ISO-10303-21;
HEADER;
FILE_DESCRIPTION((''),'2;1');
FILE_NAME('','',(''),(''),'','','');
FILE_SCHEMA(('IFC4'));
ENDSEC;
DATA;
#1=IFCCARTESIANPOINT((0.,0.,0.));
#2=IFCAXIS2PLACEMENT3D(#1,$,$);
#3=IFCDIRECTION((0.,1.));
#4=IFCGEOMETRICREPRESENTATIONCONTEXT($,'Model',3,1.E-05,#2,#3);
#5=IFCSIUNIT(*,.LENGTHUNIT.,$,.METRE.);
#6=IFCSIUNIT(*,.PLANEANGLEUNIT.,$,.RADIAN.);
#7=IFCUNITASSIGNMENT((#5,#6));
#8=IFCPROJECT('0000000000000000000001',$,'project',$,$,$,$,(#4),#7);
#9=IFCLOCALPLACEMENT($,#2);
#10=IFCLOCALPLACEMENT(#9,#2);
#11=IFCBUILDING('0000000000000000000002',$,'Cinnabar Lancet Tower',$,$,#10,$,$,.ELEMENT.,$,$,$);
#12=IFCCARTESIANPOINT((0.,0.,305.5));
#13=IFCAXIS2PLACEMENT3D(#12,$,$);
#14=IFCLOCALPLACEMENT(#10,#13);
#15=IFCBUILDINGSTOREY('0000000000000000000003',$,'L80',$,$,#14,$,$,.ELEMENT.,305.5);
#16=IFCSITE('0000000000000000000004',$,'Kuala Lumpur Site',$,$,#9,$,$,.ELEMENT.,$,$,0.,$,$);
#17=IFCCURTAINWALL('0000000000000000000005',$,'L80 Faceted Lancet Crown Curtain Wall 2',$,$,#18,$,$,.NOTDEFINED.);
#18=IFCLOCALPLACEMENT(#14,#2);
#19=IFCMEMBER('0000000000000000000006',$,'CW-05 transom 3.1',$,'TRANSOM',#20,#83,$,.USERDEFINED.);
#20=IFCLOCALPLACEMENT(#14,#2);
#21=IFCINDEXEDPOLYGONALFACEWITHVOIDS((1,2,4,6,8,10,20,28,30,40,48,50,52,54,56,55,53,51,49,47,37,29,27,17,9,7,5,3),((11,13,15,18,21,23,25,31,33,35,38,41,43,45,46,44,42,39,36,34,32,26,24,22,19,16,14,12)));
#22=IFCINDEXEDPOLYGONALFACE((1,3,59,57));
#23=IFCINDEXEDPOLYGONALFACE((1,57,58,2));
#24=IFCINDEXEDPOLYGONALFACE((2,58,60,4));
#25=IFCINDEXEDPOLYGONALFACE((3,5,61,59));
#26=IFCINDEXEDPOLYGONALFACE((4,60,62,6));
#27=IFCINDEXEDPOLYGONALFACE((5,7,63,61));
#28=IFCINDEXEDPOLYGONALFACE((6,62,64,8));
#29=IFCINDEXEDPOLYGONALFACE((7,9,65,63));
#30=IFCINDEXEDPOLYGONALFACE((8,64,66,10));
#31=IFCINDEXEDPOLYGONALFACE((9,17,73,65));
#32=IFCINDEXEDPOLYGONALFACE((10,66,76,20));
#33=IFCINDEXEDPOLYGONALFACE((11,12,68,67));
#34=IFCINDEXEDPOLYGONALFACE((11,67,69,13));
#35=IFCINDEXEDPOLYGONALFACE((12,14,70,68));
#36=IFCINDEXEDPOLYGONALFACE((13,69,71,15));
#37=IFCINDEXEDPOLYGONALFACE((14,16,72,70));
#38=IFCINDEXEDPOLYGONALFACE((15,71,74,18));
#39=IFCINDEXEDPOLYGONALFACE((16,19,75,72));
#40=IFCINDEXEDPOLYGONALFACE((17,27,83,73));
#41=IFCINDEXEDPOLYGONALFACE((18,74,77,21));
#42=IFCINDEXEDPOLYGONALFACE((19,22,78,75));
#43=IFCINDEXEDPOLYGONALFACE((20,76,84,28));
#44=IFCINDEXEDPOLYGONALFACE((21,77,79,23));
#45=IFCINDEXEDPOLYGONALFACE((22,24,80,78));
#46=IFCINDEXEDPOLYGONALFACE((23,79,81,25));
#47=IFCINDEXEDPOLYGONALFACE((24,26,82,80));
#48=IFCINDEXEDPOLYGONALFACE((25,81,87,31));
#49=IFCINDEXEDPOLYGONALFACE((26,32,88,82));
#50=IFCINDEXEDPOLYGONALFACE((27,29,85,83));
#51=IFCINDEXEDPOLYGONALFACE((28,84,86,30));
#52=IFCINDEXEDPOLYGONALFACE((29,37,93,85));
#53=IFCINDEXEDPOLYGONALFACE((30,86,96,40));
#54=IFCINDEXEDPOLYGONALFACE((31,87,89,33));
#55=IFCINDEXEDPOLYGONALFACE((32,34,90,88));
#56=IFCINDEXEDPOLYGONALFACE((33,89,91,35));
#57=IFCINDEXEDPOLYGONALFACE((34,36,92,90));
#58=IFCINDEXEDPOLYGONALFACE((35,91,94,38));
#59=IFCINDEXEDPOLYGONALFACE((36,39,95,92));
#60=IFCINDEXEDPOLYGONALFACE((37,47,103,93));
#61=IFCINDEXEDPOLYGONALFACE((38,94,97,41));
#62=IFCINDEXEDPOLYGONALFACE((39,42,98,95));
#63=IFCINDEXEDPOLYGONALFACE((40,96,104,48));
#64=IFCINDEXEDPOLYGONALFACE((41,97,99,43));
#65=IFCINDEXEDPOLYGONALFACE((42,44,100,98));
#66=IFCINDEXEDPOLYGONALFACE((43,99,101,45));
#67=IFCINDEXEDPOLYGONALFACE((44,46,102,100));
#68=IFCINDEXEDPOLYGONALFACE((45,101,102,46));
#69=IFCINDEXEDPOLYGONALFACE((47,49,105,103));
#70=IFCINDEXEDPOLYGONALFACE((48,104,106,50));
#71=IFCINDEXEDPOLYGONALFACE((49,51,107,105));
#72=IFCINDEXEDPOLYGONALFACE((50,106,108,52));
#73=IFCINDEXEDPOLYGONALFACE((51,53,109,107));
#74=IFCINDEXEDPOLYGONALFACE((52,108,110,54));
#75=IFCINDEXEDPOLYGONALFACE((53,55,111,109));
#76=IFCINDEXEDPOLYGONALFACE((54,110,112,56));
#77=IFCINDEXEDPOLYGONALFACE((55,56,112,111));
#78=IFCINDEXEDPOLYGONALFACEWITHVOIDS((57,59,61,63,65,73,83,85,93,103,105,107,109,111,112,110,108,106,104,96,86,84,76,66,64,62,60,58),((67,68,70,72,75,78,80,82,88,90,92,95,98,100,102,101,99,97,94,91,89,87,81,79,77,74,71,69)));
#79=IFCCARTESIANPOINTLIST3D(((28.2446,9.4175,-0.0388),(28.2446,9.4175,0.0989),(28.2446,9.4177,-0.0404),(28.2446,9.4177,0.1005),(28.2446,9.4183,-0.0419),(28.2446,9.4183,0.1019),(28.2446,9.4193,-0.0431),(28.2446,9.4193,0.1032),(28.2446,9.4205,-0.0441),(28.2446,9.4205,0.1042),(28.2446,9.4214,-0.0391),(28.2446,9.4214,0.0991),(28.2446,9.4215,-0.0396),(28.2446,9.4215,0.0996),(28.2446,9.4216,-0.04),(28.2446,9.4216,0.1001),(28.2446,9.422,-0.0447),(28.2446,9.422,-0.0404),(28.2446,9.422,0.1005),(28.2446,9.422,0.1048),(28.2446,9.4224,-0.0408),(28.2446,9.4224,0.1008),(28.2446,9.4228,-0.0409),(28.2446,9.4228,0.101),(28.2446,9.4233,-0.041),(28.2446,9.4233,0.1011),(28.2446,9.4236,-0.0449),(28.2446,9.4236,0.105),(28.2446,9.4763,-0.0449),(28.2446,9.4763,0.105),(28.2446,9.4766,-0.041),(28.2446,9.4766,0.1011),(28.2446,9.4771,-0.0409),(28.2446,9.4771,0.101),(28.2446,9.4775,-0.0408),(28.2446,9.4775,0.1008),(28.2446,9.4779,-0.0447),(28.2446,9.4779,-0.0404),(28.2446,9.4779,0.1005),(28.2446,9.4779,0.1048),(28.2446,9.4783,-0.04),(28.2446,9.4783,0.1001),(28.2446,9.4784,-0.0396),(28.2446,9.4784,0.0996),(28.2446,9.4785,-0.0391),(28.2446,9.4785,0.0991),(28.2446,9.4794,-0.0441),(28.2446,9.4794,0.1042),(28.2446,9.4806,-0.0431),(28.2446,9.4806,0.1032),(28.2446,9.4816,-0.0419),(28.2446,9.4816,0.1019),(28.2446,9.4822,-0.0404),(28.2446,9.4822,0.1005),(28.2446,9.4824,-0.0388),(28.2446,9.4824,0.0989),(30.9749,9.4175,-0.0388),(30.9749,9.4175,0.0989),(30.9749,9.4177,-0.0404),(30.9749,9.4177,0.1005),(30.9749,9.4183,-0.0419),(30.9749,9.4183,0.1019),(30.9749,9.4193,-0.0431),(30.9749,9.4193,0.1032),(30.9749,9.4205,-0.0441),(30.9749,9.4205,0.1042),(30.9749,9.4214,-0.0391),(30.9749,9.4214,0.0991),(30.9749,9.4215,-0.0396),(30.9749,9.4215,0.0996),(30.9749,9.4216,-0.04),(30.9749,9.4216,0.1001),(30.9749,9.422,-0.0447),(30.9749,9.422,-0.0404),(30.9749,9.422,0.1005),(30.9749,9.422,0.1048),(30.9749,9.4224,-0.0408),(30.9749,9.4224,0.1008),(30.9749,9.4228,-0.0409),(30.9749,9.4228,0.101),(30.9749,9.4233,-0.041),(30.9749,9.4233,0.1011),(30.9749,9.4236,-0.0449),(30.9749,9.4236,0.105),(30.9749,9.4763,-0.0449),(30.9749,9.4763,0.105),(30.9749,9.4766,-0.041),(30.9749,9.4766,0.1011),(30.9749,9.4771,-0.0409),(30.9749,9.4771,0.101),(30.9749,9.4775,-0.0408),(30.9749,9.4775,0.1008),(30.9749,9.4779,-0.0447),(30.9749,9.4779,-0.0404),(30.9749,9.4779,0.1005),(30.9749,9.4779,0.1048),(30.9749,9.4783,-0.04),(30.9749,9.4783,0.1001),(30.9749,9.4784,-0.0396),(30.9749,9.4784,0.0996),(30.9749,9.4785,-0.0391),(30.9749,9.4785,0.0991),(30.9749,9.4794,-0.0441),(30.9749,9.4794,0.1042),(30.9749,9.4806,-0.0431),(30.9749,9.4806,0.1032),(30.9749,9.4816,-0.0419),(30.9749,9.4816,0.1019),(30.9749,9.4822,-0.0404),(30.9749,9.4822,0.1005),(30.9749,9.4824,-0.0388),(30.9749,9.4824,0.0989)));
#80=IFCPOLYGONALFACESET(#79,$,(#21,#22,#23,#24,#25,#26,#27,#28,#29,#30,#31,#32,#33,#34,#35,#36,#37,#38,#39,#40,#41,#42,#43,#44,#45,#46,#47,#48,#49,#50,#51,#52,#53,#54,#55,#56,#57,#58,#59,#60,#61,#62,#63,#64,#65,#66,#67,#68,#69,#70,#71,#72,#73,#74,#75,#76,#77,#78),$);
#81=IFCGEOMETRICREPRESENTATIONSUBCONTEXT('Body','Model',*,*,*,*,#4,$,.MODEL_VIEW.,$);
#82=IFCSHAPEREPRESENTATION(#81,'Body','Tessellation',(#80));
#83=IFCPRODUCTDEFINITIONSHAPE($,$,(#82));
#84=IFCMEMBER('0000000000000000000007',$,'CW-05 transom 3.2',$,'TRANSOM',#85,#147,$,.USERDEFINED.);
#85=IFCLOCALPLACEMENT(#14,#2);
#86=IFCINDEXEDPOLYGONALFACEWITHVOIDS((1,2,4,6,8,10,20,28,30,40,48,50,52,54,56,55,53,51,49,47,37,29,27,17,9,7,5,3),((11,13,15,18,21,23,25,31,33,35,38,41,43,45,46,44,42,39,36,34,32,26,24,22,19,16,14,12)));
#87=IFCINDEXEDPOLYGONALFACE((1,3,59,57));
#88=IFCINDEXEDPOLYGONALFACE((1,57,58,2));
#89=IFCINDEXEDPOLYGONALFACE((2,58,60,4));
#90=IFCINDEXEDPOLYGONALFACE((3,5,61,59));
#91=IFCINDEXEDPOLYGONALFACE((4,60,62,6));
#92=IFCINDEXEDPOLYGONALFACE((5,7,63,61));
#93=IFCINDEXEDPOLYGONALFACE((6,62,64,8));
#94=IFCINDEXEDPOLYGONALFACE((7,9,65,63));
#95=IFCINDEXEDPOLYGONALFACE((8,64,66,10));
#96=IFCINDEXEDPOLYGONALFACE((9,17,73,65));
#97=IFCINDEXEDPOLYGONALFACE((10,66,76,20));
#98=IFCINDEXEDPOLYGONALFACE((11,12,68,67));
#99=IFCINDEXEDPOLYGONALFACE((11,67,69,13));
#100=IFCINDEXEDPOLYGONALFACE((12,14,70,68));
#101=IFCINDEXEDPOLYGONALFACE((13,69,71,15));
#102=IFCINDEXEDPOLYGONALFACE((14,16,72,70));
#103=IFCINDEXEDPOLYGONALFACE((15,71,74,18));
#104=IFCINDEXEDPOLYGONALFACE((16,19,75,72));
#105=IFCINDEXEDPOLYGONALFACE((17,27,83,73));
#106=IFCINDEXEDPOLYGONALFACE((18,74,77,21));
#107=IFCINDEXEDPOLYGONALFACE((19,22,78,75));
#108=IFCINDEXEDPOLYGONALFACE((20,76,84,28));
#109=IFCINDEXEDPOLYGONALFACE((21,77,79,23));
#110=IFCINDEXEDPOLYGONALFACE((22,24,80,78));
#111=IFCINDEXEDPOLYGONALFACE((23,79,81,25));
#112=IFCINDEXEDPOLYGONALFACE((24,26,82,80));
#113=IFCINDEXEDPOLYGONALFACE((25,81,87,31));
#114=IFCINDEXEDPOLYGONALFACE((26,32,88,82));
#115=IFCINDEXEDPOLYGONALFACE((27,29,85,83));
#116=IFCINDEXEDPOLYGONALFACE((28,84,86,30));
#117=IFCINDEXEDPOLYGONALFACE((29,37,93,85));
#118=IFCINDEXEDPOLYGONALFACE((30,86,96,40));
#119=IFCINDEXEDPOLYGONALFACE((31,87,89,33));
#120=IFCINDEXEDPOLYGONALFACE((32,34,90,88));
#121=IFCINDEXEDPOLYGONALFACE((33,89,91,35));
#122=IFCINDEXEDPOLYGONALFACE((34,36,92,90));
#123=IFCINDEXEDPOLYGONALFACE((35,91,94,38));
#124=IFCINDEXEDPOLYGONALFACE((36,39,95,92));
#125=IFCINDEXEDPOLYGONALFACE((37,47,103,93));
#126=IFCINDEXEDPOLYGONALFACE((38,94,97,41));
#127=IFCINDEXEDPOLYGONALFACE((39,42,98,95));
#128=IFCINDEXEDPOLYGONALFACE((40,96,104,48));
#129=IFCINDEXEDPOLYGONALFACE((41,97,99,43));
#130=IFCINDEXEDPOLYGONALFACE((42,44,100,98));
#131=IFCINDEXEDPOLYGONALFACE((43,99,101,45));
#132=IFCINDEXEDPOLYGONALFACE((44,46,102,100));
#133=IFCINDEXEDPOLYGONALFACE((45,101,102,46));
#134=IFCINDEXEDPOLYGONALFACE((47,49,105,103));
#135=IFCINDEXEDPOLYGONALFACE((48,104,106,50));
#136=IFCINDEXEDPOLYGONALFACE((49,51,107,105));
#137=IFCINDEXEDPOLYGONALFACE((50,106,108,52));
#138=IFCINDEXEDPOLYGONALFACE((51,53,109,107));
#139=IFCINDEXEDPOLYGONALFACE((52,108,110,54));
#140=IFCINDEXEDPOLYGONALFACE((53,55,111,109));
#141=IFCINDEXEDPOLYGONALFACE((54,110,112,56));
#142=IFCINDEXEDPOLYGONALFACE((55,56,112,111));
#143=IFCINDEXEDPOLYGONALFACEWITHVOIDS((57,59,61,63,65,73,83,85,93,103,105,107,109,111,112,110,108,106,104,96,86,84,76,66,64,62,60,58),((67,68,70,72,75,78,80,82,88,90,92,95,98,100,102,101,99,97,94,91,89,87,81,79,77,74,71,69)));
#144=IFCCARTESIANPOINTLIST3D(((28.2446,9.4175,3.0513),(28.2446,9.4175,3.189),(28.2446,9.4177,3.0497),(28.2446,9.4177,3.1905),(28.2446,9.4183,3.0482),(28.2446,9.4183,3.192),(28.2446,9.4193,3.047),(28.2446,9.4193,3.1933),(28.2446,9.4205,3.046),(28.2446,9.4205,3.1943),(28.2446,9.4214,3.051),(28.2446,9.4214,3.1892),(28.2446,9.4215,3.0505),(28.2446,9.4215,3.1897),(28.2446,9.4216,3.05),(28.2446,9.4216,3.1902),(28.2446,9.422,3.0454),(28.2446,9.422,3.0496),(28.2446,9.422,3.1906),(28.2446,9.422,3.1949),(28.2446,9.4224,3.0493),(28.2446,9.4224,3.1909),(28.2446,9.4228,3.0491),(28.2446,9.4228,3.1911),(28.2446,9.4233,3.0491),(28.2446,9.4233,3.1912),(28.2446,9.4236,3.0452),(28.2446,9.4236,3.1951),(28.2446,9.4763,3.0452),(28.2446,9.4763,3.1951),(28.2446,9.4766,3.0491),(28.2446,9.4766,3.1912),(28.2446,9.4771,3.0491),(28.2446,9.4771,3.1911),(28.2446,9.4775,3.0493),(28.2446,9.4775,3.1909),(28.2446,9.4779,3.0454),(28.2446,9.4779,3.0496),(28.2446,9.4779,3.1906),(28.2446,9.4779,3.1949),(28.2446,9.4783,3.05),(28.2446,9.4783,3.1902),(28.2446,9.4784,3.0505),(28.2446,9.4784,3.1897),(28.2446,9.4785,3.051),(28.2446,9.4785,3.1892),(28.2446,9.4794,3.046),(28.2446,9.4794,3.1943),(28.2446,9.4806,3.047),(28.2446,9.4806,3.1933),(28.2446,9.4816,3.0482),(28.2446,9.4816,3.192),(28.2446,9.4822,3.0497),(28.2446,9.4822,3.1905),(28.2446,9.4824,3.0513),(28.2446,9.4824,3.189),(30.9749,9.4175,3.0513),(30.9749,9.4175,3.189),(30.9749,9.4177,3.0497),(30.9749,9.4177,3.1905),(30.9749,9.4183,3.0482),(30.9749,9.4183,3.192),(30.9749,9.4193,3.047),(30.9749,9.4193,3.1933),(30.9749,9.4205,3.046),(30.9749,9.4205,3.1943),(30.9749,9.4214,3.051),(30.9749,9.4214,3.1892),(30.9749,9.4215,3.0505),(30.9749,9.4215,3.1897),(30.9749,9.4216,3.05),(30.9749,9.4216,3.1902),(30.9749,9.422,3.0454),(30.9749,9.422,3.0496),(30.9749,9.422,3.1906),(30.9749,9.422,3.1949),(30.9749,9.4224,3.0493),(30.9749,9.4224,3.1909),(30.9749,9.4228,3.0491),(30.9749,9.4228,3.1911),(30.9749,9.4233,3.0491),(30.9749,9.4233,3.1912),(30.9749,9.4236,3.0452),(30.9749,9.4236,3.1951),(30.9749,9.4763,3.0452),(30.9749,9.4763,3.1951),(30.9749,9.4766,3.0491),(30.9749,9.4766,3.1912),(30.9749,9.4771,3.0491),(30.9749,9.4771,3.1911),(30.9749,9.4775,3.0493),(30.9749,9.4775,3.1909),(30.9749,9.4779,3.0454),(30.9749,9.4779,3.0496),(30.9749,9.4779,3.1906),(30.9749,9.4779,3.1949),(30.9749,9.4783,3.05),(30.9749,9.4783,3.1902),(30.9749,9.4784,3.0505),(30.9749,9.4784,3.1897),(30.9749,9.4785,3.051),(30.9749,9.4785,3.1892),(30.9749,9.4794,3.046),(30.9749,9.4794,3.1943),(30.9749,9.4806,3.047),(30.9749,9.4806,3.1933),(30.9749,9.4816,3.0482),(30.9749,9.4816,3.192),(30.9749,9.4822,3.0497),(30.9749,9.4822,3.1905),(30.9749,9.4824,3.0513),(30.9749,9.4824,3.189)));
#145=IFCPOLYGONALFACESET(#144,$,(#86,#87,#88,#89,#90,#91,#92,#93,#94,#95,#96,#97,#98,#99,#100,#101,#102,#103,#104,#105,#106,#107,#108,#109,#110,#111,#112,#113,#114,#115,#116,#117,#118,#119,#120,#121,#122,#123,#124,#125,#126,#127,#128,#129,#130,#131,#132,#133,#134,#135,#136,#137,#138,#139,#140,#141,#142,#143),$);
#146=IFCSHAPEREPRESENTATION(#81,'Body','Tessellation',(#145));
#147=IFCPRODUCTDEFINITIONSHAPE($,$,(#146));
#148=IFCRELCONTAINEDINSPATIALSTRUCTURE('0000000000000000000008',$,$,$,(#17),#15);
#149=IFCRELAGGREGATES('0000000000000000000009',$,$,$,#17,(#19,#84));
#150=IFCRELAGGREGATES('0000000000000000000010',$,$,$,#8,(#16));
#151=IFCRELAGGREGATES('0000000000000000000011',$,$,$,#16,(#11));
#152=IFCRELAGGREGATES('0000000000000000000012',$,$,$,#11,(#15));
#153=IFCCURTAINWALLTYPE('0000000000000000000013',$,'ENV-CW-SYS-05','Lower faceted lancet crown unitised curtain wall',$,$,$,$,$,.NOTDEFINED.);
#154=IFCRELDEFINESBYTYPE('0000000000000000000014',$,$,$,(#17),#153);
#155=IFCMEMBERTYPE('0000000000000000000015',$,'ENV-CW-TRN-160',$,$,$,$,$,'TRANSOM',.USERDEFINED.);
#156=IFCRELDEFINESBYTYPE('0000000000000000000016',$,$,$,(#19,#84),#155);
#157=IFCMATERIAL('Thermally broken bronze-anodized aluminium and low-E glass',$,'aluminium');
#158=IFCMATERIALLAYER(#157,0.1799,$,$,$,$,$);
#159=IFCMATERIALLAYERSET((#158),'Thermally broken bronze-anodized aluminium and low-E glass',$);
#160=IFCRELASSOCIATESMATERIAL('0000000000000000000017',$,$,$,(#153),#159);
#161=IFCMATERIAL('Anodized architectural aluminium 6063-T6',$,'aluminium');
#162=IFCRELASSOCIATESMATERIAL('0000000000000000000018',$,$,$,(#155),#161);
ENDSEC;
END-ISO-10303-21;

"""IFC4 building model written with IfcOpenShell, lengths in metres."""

from ifc_helpers import new_model, si_unit, direction, frame, origin, origin_2d, place, context, subcontext, project, spatial, hollow_rectangle, extrude, material, layer, layer_set, material_profile, profile_set, type_object, element, aggregate, save


model = new_model("IFC4")

# Units and contexts
model_context = context("Model", 3, precision=1e-05, world=origin(), true_north=direction((0.0, 1.0)))
body_context = subcontext(model_context, "Body", "Model", "MODEL_VIEW")
ifc_project = project(units=[si_unit("LENGTHUNIT", "METRE"), si_unit("PLANEANGLEUNIT", "RADIAN")], contexts=[model_context])

# Site, building, storey
site_placement = place(None, origin())
site = spatial("IfcSite", under=ifc_project, at=site_placement, Name="Kuala Lumpur Site", CompositionType="ELEMENT", RefElevation=0.0)
building_placement = place(site_placement, origin())
building = spatial("IfcBuilding", under=site, at=building_placement, Name="Cinnabar Lancet Tower", CompositionType="ELEMENT")
storey_placement = place(building_placement, frame((0.0, 0.0, 305.5)))
storey = spatial("IfcBuildingStorey", under=building, at=storey_placement, Name="L80", CompositionType="ELEMENT", Elevation=305.5)

# Curtain wall, members
ifc_material_1 = material(Name="Thermally broken bronze-anodized aluminium and low-E glass", Category="aluminium")
ifc_layer_1 = layer(ifc_material_1, 0.1799)
ifc_layer_set_1 = layer_set([ifc_layer_1], Name="Thermally broken bronze-anodized aluminium and low-E glass")
curtain_wall_type = type_object("IfcCurtainWallType", Name="ENV-CW-SYS-05", Description="Lower faceted lancet crown unitised curtain wall", PredefinedType="NOTDEFINED", material=ifc_layer_set_1)
curtain_wall_placement = place(storey_placement, origin())
curtain_wall = element("IfcCurtainWall", 1, at=curtain_wall_placement, inside=storey, type_object=curtain_wall_type, Name="L80 Faceted Lancet Crown Curtain Wall 2", PredefinedType="NOTDEFINED")
ifc_material_2 = material(Name="Anodized architectural aluminium 6063-T6", Category="aluminium")
ifc_material_profile_1 = material_profile(ifc_material_2, hollow_rectangle(XDim=0.0649, YDim=0.1499, WallThickness=0.0039, InnerFilletRadius=0.002, OuterFilletRadius=0.0061, at=origin_2d()), Name="CW-TRN 150x65x4")
ifc_profile_set_1 = profile_set([ifc_material_profile_1], Name="Anodized architectural aluminium 6063-T6")
member_type_1 = type_object("IfcMemberType", Name="ENV-CW-TRN-160", ElementType="TRANSOM", PredefinedType="USERDEFINED", material=ifc_profile_set_1)
member_1_placement = place(storey_placement, frame((28.2446, 9.45, 0.03), z_axis=(1.0, 0.0, 0.0), x_axis=(0.0, 1.0, 0.0)))
member_1 = element("IfcMember", 2, at=member_1_placement, type_object=member_type_1, Name="CW-05 transom 3.1", ObjectType="TRANSOM", PredefinedType="USERDEFINED", context=body_context, shape_type="SweptSolid", body=[
    extrude(hollow_rectangle(XDim=0.0649, YDim=0.1499, WallThickness=0.0039, InnerFilletRadius=0.002, OuterFilletRadius=0.0061, at=origin_2d()), origin(), (0.0, 0.0, 1.0), 2.7302),
])
member_2_placement = place(storey_placement, frame((28.2446, 9.45, 3.1201), z_axis=(1.0, 0.0, 0.0), x_axis=(0.0, 1.0, 0.0)))
member_2 = element("IfcMember", 3, at=member_2_placement, type_object=member_type_1, Name="CW-05 transom 3.2", ObjectType="TRANSOM", PredefinedType="USERDEFINED", context=body_context, shape_type="SweptSolid", body=[
    extrude(hollow_rectangle(XDim=0.0649, YDim=0.1499, WallThickness=0.0039, InnerFilletRadius=0.002, OuterFilletRadius=0.0061, at=origin_2d()), origin(), (0.0, 0.0, 1.0), 2.7302),
])
aggregate(curtain_wall, [member_1, member_2])

save(model, "model.ifc")
